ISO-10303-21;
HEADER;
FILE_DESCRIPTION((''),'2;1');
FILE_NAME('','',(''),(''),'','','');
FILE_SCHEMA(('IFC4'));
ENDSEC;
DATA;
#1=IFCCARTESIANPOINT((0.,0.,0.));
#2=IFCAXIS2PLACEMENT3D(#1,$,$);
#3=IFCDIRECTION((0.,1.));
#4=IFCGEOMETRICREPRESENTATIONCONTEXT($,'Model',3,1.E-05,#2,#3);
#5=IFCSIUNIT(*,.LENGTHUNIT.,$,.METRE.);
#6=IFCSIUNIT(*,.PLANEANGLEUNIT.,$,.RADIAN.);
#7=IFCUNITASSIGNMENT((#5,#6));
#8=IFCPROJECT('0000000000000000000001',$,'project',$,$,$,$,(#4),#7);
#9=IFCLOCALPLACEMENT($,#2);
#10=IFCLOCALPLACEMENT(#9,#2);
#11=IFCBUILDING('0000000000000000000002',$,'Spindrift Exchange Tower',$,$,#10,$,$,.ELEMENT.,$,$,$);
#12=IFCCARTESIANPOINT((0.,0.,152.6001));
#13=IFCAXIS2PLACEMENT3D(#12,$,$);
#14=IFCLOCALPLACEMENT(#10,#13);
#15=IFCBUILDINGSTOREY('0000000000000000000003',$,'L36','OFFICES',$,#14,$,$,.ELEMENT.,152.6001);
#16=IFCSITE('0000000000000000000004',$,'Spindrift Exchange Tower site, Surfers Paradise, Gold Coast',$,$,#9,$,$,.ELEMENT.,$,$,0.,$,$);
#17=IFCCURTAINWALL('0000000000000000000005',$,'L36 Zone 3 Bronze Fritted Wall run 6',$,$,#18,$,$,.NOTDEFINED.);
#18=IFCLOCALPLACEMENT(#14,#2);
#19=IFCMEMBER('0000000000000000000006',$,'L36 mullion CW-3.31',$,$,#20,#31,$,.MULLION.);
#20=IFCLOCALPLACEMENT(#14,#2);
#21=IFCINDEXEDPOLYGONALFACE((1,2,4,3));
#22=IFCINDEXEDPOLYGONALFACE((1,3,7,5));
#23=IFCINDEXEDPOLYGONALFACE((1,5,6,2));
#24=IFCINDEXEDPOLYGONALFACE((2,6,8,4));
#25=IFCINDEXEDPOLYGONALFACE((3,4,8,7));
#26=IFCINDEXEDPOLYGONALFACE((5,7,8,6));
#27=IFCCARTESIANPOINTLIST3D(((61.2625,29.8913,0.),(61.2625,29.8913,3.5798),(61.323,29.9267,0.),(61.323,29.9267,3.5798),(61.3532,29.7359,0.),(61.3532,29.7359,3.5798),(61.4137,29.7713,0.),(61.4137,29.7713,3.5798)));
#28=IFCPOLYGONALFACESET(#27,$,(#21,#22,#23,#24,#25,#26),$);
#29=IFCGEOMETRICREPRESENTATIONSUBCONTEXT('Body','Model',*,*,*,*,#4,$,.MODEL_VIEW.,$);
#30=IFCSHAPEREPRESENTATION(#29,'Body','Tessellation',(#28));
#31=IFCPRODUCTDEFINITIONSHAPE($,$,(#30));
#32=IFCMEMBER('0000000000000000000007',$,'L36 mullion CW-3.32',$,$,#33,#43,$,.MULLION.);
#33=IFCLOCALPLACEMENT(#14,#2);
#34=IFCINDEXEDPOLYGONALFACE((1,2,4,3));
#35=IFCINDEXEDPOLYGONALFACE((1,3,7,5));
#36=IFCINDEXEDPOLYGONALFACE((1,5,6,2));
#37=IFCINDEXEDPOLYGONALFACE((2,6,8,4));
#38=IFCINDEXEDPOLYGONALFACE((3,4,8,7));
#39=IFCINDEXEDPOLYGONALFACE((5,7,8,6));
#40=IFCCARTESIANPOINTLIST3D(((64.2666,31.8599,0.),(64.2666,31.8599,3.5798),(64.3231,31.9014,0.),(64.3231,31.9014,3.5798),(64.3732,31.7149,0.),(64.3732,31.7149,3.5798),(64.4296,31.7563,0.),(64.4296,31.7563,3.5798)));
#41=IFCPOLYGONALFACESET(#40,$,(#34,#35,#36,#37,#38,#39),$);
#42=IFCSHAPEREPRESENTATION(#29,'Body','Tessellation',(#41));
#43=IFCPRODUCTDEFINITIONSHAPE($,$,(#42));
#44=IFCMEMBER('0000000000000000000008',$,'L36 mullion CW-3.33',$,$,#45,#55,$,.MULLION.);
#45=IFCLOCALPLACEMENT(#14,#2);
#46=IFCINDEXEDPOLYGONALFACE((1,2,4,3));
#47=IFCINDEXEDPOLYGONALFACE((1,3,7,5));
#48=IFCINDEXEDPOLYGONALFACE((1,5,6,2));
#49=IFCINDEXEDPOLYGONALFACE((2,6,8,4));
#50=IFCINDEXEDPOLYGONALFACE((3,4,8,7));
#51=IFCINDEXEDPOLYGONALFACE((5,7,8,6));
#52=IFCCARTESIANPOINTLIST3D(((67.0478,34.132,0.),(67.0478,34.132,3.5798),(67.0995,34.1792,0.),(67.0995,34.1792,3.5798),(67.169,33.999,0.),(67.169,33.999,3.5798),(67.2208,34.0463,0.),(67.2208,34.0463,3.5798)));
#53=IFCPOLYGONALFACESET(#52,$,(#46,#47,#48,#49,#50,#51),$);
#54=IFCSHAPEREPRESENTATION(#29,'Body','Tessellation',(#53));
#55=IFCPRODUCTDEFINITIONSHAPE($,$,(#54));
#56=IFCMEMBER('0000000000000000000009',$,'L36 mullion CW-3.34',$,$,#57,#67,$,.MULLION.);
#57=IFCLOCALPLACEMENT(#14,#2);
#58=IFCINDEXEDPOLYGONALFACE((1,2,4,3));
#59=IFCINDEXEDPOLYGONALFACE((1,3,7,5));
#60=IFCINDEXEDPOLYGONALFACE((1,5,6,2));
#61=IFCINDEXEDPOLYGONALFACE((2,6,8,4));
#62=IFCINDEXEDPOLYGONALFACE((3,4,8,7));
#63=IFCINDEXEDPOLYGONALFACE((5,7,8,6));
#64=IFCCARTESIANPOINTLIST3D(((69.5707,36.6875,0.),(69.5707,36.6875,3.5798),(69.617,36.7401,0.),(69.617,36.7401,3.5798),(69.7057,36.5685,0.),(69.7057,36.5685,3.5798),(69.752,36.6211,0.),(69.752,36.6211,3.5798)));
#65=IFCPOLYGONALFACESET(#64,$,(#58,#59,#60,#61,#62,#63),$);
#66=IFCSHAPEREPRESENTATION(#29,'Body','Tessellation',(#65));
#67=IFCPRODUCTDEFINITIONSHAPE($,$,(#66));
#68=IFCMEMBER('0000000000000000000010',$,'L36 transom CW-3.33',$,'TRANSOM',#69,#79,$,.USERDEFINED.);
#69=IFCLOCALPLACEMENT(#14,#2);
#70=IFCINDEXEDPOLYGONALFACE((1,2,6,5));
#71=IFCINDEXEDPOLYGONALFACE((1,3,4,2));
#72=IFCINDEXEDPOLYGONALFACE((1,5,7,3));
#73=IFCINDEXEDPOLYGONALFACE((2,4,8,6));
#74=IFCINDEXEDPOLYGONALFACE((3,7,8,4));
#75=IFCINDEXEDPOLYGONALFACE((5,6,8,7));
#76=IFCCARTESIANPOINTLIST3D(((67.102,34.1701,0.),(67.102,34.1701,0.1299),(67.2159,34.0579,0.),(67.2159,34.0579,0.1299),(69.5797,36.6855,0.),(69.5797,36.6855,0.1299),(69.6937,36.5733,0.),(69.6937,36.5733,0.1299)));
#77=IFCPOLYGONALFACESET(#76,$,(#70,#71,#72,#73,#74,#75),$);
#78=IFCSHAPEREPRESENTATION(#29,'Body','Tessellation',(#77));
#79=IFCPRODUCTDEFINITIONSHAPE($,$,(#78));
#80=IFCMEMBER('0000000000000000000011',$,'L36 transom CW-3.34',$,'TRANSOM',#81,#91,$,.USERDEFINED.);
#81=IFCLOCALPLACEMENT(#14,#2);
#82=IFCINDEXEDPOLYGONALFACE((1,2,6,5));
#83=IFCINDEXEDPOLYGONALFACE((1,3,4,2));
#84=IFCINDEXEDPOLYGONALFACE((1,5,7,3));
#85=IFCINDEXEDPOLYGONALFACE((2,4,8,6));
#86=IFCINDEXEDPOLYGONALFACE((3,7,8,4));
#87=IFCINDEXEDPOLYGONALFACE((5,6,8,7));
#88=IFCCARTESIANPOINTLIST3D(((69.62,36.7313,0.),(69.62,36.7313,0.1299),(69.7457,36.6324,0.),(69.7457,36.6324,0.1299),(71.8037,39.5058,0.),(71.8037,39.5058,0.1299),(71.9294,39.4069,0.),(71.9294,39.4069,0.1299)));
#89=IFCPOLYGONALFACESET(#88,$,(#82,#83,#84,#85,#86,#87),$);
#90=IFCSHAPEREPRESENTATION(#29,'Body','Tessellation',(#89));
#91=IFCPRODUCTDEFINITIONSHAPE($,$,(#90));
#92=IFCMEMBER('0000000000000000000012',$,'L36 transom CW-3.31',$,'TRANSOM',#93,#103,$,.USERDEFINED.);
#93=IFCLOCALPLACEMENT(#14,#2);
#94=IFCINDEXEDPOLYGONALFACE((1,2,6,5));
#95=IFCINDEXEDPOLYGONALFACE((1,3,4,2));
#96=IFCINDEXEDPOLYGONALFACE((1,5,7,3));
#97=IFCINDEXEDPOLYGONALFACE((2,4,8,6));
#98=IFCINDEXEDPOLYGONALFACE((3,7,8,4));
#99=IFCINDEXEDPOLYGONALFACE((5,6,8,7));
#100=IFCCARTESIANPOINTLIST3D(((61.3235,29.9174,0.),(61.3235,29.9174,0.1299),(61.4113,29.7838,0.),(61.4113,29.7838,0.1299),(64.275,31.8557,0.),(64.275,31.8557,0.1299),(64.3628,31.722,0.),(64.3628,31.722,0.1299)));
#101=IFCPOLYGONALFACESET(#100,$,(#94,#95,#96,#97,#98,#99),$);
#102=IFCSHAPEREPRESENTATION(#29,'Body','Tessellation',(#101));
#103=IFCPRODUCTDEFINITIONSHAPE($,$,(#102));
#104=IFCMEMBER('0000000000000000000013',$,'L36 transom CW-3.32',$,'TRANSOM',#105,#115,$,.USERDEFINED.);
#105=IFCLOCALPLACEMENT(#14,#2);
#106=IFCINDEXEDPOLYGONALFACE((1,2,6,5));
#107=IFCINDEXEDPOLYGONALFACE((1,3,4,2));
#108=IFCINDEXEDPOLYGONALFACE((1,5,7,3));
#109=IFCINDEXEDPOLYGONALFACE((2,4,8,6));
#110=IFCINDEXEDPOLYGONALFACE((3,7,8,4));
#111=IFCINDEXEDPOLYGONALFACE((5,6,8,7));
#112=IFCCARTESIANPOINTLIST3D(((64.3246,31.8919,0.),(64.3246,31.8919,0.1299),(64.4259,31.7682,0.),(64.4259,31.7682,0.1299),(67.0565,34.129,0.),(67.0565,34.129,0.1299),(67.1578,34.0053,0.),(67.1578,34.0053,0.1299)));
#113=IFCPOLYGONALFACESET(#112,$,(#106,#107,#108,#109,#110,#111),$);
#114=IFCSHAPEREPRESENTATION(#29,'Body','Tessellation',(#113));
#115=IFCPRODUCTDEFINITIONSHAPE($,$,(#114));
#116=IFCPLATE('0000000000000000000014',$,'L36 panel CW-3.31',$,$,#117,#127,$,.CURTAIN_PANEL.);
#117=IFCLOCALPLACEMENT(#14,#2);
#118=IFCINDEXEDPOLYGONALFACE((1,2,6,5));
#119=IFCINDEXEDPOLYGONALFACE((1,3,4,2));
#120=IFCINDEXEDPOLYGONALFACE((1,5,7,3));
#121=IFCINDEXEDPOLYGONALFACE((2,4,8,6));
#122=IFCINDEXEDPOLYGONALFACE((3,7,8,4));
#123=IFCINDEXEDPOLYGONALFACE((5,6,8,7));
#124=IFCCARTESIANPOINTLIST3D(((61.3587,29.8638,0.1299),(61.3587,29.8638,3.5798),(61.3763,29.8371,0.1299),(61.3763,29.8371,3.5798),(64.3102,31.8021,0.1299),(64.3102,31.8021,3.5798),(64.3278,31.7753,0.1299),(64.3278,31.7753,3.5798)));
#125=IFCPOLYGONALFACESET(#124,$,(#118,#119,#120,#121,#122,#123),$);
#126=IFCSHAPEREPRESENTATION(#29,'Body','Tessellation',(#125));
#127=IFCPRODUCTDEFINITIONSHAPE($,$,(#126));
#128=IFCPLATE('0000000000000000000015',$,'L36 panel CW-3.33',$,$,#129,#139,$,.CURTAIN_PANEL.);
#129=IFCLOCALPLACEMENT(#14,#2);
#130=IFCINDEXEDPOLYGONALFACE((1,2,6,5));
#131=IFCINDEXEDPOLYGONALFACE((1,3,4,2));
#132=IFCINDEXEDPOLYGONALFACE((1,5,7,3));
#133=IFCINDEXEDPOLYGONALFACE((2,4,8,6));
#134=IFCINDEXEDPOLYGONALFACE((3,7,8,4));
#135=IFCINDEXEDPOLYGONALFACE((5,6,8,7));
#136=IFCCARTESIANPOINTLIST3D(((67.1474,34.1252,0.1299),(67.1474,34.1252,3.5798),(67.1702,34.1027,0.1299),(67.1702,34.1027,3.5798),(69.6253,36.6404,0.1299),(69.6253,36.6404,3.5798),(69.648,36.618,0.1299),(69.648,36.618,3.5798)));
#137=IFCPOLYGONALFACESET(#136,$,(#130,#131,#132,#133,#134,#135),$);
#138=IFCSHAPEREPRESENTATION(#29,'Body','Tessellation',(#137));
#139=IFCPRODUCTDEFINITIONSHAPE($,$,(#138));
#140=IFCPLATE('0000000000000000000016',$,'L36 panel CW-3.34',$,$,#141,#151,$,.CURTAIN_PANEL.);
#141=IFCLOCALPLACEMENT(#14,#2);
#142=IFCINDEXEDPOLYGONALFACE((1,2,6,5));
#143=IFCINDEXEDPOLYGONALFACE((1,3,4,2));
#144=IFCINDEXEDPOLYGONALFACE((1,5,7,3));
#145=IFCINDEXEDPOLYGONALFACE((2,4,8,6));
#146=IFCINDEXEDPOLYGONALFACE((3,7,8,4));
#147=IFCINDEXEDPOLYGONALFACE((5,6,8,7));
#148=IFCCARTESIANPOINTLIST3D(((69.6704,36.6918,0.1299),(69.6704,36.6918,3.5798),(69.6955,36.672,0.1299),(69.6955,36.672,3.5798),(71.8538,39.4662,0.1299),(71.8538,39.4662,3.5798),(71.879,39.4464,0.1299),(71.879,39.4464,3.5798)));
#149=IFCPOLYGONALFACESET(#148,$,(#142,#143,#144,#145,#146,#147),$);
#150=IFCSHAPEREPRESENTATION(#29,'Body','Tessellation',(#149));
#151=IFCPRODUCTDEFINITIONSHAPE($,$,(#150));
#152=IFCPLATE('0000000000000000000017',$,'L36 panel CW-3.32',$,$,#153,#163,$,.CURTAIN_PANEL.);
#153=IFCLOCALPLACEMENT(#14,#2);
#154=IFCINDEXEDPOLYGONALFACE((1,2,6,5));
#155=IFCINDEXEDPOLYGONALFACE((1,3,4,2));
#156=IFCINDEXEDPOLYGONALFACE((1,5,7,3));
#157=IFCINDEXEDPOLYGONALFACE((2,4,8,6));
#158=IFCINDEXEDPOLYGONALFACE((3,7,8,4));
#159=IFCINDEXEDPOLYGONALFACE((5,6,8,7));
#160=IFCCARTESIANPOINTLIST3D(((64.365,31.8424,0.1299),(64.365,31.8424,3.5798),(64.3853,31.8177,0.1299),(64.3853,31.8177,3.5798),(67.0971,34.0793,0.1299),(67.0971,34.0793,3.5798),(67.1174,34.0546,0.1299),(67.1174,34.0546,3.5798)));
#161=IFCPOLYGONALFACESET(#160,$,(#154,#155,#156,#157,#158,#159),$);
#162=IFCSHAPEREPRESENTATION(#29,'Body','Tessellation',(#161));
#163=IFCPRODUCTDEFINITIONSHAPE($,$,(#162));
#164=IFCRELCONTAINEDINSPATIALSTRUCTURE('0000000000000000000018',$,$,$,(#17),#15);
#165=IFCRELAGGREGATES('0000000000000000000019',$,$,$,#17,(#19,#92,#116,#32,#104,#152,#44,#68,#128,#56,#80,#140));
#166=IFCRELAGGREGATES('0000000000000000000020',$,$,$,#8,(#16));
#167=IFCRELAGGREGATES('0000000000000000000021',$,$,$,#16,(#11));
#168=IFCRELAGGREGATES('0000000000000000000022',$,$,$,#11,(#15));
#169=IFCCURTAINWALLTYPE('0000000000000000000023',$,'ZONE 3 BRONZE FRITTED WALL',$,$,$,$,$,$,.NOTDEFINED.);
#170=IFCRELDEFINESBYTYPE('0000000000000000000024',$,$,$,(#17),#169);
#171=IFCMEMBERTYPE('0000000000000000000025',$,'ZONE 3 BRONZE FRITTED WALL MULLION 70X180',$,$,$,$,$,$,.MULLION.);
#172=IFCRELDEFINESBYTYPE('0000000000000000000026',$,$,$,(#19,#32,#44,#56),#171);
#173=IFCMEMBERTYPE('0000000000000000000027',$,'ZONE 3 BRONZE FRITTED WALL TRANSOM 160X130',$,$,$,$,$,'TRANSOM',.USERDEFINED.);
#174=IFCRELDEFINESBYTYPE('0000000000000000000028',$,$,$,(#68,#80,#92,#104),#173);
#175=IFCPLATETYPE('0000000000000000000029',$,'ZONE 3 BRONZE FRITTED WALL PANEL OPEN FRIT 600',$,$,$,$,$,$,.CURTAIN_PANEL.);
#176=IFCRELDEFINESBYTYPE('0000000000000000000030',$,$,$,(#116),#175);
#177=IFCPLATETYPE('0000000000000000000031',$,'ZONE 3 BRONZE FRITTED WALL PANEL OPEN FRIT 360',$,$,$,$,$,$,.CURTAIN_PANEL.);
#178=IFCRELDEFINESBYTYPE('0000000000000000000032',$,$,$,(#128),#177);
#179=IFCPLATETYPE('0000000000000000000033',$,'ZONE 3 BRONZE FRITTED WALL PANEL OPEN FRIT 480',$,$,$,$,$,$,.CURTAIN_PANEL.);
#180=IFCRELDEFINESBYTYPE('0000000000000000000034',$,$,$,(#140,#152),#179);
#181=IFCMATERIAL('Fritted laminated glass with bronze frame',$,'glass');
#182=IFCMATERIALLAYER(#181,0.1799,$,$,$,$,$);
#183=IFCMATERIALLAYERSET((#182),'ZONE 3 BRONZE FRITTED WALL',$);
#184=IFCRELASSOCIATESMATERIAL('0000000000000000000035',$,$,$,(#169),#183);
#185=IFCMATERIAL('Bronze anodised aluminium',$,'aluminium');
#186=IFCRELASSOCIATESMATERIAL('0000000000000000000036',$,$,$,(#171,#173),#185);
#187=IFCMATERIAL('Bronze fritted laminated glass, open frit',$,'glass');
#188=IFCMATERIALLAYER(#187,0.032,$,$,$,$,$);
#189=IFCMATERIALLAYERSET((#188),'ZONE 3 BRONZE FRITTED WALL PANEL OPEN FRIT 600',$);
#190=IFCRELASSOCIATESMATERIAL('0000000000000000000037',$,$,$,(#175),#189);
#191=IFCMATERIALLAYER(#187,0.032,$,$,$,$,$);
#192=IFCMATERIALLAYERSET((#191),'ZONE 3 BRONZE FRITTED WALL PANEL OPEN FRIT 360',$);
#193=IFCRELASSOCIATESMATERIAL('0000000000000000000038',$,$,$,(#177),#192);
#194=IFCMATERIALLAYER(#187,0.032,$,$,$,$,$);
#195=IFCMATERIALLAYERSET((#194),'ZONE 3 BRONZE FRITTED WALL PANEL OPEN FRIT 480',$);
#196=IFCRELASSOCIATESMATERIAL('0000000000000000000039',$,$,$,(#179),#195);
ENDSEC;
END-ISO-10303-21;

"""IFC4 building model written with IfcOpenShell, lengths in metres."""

from ifc_helpers import new_model, si_unit, direction, frame, origin, origin_2d, place, context, subcontext, project, spatial, rectangle, extrude, source, transform, mapped, material, layer, layer_set, material_profile, profile_set, type_object, element, aggregate, save


model = new_model("IFC4")

# Units and contexts
model_context = context("Model", 3, precision=1e-05, world=origin(), true_north=direction((0.0, 1.0)))
body_context = subcontext(model_context, "Body", "Model", "MODEL_VIEW")
ifc_project = project(units=[si_unit("LENGTHUNIT", "METRE"), si_unit("PLANEANGLEUNIT", "RADIAN")], contexts=[model_context])

# Site, building, storey
site_placement = place(None, origin())
site = spatial("IfcSite", under=ifc_project, at=site_placement, Name="Spindrift Exchange Tower site, Surfers Paradise, Gold Coast", CompositionType="ELEMENT", RefElevation=0.0)
building_placement = place(site_placement, origin())
building = spatial("IfcBuilding", under=site, at=building_placement, Name="Spindrift Exchange Tower", CompositionType="ELEMENT")
storey_placement = place(building_placement, frame((0.0, 0.0, 152.6001)))
storey = spatial("IfcBuildingStorey", under=building, at=storey_placement, Name="L36", Description="OFFICES", CompositionType="ELEMENT", Elevation=152.6001)

# Curtain wall, members, plates
ifc_material_1 = material(Name="Fritted laminated glass with bronze frame", Category="glass")
ifc_layer_1 = layer(ifc_material_1, 0.1799)
ifc_layer_set_1 = layer_set([ifc_layer_1], Name="ZONE 3 BRONZE FRITTED WALL")
curtain_wall_type = type_object("IfcCurtainWallType", Name="ZONE 3 BRONZE FRITTED WALL", PredefinedType="NOTDEFINED", material=ifc_layer_set_1)
curtain_wall_placement = place(storey_placement, origin())
curtain_wall = element("IfcCurtainWall", 1, at=curtain_wall_placement, inside=storey, type_object=curtain_wall_type, Name="L36 Zone 3 Bronze Fritted Wall run 6", PredefinedType="NOTDEFINED")
ifc_material_2 = material(Name="Bronze anodised aluminium", Category="aluminium")
ifc_material_profile_1 = material_profile(ifc_material_2, rectangle(XDim=0.0701, YDim=0.1799, at=origin_2d()), Name="ZONE 3 BRONZE FRITTED WALL MULLION 70X180")
ifc_profile_set_1 = profile_set([ifc_material_profile_1], Name="Bronze anodised aluminium")
member_type_1 = type_object("IfcMemberType", Name="ZONE 3 BRONZE FRITTED WALL MULLION 70X180", PredefinedType="MULLION", material=ifc_profile_set_1)
shared_shape_1 = source(origin(), body_context, "Body", "SweptSolid", [
    extrude(rectangle(XDim=0.0701, YDim=0.1799, at=origin_2d()), origin(), (0.0, 0.0, 1.0), 3.5798),
])
member_1_placement = place(storey_placement, frame((61.3381, 29.8313, 0.0), z_axis=(0.0, 0.0, 1.0), x_axis=(0.86368, 0.504041, 0.0)))
member_1 = element("IfcMember", 2, at=member_1_placement, type_object=member_type_1, Name="L36 mullion CW-3.31", PredefinedType="MULLION", context=body_context, shape_type="MappedRepresentation", body=[
    mapped(shared_shape_1, transform((0.0, 0.0, 0.0), scale=1.0)),
])
member_2_placement = place(storey_placement, frame((64.3481, 31.8081, 0.0), z_axis=(0.0, 0.0, 1.0), x_axis=(0.805919, 0.592026, 0.0)))
member_2 = element("IfcMember", 3, at=member_2_placement, type_object=member_type_1, Name="L36 mullion CW-3.32", PredefinedType="MULLION", context=body_context, shape_type="MappedRepresentation", body=[
    mapped(shared_shape_1, transform((0.0, 0.0, 0.0), scale=1.0)),
])
member_3_placement = place(storey_placement, frame((67.1343, 34.0891, 0.0), z_axis=(0.0, 0.0, 1.0), x_axis=(0.738823, 0.6739, 0.0)))
member_3 = element("IfcMember", 4, at=member_3_placement, type_object=member_type_1, Name="L36 mullion CW-3.33", PredefinedType="MULLION", context=body_context, shape_type="MappedRepresentation", body=[
    mapped(shared_shape_1, transform((0.0, 0.0, 0.0), scale=1.0)),
])
member_4_placement = place(storey_placement, frame((69.6614, 36.6543, 0.0), z_axis=(0.0, 0.0, 1.0), x_axis=(0.661147, 0.750256, 0.0)))
member_4 = element("IfcMember", 5, at=member_4_placement, type_object=member_type_1, Name="L36 mullion CW-3.34", PredefinedType="MULLION", context=body_context, shape_type="MappedRepresentation", body=[
    mapped(shared_shape_1, transform((0.0, 0.0, 0.0), scale=1.0)),
])
ifc_material_profile_2 = material_profile(ifc_material_2, rectangle(XDim=0.1599, YDim=0.1299, at=origin_2d()), Name="ZONE 3 BRONZE FRITTED WALL TRANSOM 160X130")
ifc_profile_set_2 = profile_set([ifc_material_profile_2], Name="Bronze anodised aluminium")
member_type_2 = type_object("IfcMemberType", Name="ZONE 3 BRONZE FRITTED WALL TRANSOM 160X130", ElementType="TRANSOM", PredefinedType="USERDEFINED", material=ifc_profile_set_2)
shared_shape_2 = source(origin(), body_context, "Body", "SweptSolid", [
    extrude(rectangle(XDim=0.1599, YDim=0.1299, at=origin_2d()), origin(), (0.0, 0.0, 1.0), 3.5308),
])
member_5_placement = place(storey_placement, frame((67.1589, 34.114, 0.0649), z_axis=(0.701762, 0.712411, 0.0), x_axis=(-0.712411, 0.701762, 0.0)))
member_5 = element("IfcMember", 6, at=member_5_placement, type_object=member_type_2, Name="L36 transom CW-3.33", ObjectType="TRANSOM", PredefinedType="USERDEFINED", context=body_context, shape_type="MappedRepresentation", body=[
    mapped(shared_shape_2, transform((0.0, 0.0, 0.0), scale=1.0)),
])
member_6_placement = place(storey_placement, frame((69.6829, 36.6819, 0.0649), z_axis=(0.618469, 0.785809, 0.0), x_axis=(-0.785809, 0.618469, 0.0)))
member_6 = element("IfcMember", 7, at=member_6_placement, type_object=member_type_2, Name="L36 transom CW-3.34", ObjectType="TRANSOM", PredefinedType="USERDEFINED", context=body_context, shape_type="MappedRepresentation", body=[
    mapped(shared_shape_2, transform((0.0, 0.0, 0.0), scale=1.0)),
])
shared_shape_3 = source(origin(), body_context, "Body", "SweptSolid", [
    extrude(rectangle(XDim=0.1599, YDim=0.1299, at=origin_2d()), origin(), (0.0, 0.0, 1.0), 3.531),
])
member_7_placement = place(storey_placement, frame((61.3674, 29.8506, 0.0649), z_axis=(0.83587, 0.548927, 0.0), x_axis=(-0.548927, 0.83587, 0.0)))
member_7 = element("IfcMember", 8, at=member_7_placement, type_object=member_type_2, Name="L36 transom CW-3.31", ObjectType="TRANSOM", PredefinedType="USERDEFINED", context=body_context, shape_type="MappedRepresentation", body=[
    mapped(shared_shape_3, transform((0.0, 0.0, 0.0), scale=1.0)),
])
member_8_placement = place(storey_placement, frame((64.3752, 31.8301, 0.0649), z_axis=(0.773702, 0.63355, 0.0), x_axis=(-0.63355, 0.773702, 0.0)))
member_8 = element("IfcMember", 9, at=member_8_placement, type_object=member_type_2, Name="L36 transom CW-3.32", ObjectType="TRANSOM", PredefinedType="USERDEFINED", context=body_context, shape_type="MappedRepresentation", body=[
    mapped(shared_shape_3, transform((0.0, 0.0, 0.0), scale=1.0)),
])
ifc_material_3 = material(Name="Bronze fritted laminated glass, open frit", Category="glass")
ifc_layer_2 = layer(ifc_material_3, 0.032)
ifc_layer_set_2 = layer_set([ifc_layer_2], Name="ZONE 3 BRONZE FRITTED WALL PANEL OPEN FRIT 600")
plate_type_1 = type_object("IfcPlateType", Name="ZONE 3 BRONZE FRITTED WALL PANEL OPEN FRIT 600", PredefinedType="CURTAIN_PANEL", material=ifc_layer_set_2)
shared_shape_4 = source(origin(), body_context, "Body", "SweptSolid", [
    extrude(rectangle(XDim=3.531, YDim=0.032, at=origin_2d()), origin(), (0.0, 0.0, 1.0), 3.45),
])
plate_1_placement = place(storey_placement, frame((62.8433, 30.8196, 0.1299), z_axis=(0.0, 0.0, 1.0), x_axis=(0.835875, 0.548919, 0.0)))
plate_1 = element("IfcPlate", 10, at=plate_1_placement, type_object=plate_type_1, Name="L36 panel CW-3.31", PredefinedType="CURTAIN_PANEL", context=body_context, shape_type="MappedRepresentation", body=[
    mapped(shared_shape_4, transform((0.0, 0.0, 0.0), scale=1.0)),
])
ifc_layer_3 = layer(ifc_material_3, 0.032)
ifc_layer_set_3 = layer_set([ifc_layer_3], Name="ZONE 3 BRONZE FRITTED WALL PANEL OPEN FRIT 360")
plate_type_2 = type_object("IfcPlateType", Name="ZONE 3 BRONZE FRITTED WALL PANEL OPEN FRIT 360", PredefinedType="CURTAIN_PANEL", material=ifc_layer_set_3)
shared_shape_5 = source(origin(), body_context, "Body", "SweptSolid", [
    extrude(rectangle(XDim=3.5308, YDim=0.032, at=origin_2d()), origin(), (0.0, 0.0, 1.0), 3.45),
])
plate_2_placement = place(storey_placement, frame((68.3977, 35.3716, 0.1299), z_axis=(0.0, 0.0, 1.0), x_axis=(0.701796, 0.712378, 0.0)))
plate_2 = element("IfcPlate", 11, at=plate_2_placement, type_object=plate_type_2, Name="L36 panel CW-3.33", PredefinedType="CURTAIN_PANEL", context=body_context, shape_type="MappedRepresentation", body=[
    mapped(shared_shape_5, transform((0.0, 0.0, 0.0), scale=1.0)),
])
ifc_layer_4 = layer(ifc_material_3, 0.032)
ifc_layer_set_4 = layer_set([ifc_layer_4], Name="ZONE 3 BRONZE FRITTED WALL PANEL OPEN FRIT 480")
plate_type_3 = type_object("IfcPlateType", Name="ZONE 3 BRONZE FRITTED WALL PANEL OPEN FRIT 480", PredefinedType="CURTAIN_PANEL", material=ifc_layer_set_4)
shared_shape_6 = source(origin(), body_context, "Body", "SweptSolid", [
    extrude(rectangle(XDim=3.5305, YDim=0.032, at=origin_2d()), origin(), (0.0, 0.0, 1.0), 3.45),
])
plate_3_placement = place(storey_placement, frame((70.7747, 38.0691, 0.1299), z_axis=(0.0, 0.0, 1.0), x_axis=(0.618456, 0.785819, 0.0)))
plate_3 = element("IfcPlate", 12, at=plate_3_placement, type_object=plate_type_3, Name="L36 panel CW-3.34", PredefinedType="CURTAIN_PANEL", context=body_context, shape_type="MappedRepresentation", body=[
    mapped(shared_shape_6, transform((0.0, 0.0, 0.0), scale=1.0)),
])
shared_shape_7 = source(origin(), body_context, "Body", "SweptSolid", [
    extrude(rectangle(XDim=3.531, YDim=0.032, at=origin_2d()), origin(), (0.0, 0.0, 1.0), 3.45),
])
plate_4_placement = place(storey_placement, frame((65.7412, 32.9485, 0.1299), z_axis=(0.0, 0.0, 1.0), x_axis=(0.773742, 0.633501, 0.0)))
plate_4 = element("IfcPlate", 13, at=plate_4_placement, type_object=plate_type_3, Name="L36 panel CW-3.32", PredefinedType="CURTAIN_PANEL", context=body_context, shape_type="MappedRepresentation", body=[
    mapped(shared_shape_7, transform((0.0, 0.0, 0.0), scale=1.0)),
])
aggregate(curtain_wall, [member_1, member_7, plate_1, member_2, member_8, plate_4, member_3, member_5, plate_2, member_4, member_6, plate_3])

save(model, "model.ifc")
